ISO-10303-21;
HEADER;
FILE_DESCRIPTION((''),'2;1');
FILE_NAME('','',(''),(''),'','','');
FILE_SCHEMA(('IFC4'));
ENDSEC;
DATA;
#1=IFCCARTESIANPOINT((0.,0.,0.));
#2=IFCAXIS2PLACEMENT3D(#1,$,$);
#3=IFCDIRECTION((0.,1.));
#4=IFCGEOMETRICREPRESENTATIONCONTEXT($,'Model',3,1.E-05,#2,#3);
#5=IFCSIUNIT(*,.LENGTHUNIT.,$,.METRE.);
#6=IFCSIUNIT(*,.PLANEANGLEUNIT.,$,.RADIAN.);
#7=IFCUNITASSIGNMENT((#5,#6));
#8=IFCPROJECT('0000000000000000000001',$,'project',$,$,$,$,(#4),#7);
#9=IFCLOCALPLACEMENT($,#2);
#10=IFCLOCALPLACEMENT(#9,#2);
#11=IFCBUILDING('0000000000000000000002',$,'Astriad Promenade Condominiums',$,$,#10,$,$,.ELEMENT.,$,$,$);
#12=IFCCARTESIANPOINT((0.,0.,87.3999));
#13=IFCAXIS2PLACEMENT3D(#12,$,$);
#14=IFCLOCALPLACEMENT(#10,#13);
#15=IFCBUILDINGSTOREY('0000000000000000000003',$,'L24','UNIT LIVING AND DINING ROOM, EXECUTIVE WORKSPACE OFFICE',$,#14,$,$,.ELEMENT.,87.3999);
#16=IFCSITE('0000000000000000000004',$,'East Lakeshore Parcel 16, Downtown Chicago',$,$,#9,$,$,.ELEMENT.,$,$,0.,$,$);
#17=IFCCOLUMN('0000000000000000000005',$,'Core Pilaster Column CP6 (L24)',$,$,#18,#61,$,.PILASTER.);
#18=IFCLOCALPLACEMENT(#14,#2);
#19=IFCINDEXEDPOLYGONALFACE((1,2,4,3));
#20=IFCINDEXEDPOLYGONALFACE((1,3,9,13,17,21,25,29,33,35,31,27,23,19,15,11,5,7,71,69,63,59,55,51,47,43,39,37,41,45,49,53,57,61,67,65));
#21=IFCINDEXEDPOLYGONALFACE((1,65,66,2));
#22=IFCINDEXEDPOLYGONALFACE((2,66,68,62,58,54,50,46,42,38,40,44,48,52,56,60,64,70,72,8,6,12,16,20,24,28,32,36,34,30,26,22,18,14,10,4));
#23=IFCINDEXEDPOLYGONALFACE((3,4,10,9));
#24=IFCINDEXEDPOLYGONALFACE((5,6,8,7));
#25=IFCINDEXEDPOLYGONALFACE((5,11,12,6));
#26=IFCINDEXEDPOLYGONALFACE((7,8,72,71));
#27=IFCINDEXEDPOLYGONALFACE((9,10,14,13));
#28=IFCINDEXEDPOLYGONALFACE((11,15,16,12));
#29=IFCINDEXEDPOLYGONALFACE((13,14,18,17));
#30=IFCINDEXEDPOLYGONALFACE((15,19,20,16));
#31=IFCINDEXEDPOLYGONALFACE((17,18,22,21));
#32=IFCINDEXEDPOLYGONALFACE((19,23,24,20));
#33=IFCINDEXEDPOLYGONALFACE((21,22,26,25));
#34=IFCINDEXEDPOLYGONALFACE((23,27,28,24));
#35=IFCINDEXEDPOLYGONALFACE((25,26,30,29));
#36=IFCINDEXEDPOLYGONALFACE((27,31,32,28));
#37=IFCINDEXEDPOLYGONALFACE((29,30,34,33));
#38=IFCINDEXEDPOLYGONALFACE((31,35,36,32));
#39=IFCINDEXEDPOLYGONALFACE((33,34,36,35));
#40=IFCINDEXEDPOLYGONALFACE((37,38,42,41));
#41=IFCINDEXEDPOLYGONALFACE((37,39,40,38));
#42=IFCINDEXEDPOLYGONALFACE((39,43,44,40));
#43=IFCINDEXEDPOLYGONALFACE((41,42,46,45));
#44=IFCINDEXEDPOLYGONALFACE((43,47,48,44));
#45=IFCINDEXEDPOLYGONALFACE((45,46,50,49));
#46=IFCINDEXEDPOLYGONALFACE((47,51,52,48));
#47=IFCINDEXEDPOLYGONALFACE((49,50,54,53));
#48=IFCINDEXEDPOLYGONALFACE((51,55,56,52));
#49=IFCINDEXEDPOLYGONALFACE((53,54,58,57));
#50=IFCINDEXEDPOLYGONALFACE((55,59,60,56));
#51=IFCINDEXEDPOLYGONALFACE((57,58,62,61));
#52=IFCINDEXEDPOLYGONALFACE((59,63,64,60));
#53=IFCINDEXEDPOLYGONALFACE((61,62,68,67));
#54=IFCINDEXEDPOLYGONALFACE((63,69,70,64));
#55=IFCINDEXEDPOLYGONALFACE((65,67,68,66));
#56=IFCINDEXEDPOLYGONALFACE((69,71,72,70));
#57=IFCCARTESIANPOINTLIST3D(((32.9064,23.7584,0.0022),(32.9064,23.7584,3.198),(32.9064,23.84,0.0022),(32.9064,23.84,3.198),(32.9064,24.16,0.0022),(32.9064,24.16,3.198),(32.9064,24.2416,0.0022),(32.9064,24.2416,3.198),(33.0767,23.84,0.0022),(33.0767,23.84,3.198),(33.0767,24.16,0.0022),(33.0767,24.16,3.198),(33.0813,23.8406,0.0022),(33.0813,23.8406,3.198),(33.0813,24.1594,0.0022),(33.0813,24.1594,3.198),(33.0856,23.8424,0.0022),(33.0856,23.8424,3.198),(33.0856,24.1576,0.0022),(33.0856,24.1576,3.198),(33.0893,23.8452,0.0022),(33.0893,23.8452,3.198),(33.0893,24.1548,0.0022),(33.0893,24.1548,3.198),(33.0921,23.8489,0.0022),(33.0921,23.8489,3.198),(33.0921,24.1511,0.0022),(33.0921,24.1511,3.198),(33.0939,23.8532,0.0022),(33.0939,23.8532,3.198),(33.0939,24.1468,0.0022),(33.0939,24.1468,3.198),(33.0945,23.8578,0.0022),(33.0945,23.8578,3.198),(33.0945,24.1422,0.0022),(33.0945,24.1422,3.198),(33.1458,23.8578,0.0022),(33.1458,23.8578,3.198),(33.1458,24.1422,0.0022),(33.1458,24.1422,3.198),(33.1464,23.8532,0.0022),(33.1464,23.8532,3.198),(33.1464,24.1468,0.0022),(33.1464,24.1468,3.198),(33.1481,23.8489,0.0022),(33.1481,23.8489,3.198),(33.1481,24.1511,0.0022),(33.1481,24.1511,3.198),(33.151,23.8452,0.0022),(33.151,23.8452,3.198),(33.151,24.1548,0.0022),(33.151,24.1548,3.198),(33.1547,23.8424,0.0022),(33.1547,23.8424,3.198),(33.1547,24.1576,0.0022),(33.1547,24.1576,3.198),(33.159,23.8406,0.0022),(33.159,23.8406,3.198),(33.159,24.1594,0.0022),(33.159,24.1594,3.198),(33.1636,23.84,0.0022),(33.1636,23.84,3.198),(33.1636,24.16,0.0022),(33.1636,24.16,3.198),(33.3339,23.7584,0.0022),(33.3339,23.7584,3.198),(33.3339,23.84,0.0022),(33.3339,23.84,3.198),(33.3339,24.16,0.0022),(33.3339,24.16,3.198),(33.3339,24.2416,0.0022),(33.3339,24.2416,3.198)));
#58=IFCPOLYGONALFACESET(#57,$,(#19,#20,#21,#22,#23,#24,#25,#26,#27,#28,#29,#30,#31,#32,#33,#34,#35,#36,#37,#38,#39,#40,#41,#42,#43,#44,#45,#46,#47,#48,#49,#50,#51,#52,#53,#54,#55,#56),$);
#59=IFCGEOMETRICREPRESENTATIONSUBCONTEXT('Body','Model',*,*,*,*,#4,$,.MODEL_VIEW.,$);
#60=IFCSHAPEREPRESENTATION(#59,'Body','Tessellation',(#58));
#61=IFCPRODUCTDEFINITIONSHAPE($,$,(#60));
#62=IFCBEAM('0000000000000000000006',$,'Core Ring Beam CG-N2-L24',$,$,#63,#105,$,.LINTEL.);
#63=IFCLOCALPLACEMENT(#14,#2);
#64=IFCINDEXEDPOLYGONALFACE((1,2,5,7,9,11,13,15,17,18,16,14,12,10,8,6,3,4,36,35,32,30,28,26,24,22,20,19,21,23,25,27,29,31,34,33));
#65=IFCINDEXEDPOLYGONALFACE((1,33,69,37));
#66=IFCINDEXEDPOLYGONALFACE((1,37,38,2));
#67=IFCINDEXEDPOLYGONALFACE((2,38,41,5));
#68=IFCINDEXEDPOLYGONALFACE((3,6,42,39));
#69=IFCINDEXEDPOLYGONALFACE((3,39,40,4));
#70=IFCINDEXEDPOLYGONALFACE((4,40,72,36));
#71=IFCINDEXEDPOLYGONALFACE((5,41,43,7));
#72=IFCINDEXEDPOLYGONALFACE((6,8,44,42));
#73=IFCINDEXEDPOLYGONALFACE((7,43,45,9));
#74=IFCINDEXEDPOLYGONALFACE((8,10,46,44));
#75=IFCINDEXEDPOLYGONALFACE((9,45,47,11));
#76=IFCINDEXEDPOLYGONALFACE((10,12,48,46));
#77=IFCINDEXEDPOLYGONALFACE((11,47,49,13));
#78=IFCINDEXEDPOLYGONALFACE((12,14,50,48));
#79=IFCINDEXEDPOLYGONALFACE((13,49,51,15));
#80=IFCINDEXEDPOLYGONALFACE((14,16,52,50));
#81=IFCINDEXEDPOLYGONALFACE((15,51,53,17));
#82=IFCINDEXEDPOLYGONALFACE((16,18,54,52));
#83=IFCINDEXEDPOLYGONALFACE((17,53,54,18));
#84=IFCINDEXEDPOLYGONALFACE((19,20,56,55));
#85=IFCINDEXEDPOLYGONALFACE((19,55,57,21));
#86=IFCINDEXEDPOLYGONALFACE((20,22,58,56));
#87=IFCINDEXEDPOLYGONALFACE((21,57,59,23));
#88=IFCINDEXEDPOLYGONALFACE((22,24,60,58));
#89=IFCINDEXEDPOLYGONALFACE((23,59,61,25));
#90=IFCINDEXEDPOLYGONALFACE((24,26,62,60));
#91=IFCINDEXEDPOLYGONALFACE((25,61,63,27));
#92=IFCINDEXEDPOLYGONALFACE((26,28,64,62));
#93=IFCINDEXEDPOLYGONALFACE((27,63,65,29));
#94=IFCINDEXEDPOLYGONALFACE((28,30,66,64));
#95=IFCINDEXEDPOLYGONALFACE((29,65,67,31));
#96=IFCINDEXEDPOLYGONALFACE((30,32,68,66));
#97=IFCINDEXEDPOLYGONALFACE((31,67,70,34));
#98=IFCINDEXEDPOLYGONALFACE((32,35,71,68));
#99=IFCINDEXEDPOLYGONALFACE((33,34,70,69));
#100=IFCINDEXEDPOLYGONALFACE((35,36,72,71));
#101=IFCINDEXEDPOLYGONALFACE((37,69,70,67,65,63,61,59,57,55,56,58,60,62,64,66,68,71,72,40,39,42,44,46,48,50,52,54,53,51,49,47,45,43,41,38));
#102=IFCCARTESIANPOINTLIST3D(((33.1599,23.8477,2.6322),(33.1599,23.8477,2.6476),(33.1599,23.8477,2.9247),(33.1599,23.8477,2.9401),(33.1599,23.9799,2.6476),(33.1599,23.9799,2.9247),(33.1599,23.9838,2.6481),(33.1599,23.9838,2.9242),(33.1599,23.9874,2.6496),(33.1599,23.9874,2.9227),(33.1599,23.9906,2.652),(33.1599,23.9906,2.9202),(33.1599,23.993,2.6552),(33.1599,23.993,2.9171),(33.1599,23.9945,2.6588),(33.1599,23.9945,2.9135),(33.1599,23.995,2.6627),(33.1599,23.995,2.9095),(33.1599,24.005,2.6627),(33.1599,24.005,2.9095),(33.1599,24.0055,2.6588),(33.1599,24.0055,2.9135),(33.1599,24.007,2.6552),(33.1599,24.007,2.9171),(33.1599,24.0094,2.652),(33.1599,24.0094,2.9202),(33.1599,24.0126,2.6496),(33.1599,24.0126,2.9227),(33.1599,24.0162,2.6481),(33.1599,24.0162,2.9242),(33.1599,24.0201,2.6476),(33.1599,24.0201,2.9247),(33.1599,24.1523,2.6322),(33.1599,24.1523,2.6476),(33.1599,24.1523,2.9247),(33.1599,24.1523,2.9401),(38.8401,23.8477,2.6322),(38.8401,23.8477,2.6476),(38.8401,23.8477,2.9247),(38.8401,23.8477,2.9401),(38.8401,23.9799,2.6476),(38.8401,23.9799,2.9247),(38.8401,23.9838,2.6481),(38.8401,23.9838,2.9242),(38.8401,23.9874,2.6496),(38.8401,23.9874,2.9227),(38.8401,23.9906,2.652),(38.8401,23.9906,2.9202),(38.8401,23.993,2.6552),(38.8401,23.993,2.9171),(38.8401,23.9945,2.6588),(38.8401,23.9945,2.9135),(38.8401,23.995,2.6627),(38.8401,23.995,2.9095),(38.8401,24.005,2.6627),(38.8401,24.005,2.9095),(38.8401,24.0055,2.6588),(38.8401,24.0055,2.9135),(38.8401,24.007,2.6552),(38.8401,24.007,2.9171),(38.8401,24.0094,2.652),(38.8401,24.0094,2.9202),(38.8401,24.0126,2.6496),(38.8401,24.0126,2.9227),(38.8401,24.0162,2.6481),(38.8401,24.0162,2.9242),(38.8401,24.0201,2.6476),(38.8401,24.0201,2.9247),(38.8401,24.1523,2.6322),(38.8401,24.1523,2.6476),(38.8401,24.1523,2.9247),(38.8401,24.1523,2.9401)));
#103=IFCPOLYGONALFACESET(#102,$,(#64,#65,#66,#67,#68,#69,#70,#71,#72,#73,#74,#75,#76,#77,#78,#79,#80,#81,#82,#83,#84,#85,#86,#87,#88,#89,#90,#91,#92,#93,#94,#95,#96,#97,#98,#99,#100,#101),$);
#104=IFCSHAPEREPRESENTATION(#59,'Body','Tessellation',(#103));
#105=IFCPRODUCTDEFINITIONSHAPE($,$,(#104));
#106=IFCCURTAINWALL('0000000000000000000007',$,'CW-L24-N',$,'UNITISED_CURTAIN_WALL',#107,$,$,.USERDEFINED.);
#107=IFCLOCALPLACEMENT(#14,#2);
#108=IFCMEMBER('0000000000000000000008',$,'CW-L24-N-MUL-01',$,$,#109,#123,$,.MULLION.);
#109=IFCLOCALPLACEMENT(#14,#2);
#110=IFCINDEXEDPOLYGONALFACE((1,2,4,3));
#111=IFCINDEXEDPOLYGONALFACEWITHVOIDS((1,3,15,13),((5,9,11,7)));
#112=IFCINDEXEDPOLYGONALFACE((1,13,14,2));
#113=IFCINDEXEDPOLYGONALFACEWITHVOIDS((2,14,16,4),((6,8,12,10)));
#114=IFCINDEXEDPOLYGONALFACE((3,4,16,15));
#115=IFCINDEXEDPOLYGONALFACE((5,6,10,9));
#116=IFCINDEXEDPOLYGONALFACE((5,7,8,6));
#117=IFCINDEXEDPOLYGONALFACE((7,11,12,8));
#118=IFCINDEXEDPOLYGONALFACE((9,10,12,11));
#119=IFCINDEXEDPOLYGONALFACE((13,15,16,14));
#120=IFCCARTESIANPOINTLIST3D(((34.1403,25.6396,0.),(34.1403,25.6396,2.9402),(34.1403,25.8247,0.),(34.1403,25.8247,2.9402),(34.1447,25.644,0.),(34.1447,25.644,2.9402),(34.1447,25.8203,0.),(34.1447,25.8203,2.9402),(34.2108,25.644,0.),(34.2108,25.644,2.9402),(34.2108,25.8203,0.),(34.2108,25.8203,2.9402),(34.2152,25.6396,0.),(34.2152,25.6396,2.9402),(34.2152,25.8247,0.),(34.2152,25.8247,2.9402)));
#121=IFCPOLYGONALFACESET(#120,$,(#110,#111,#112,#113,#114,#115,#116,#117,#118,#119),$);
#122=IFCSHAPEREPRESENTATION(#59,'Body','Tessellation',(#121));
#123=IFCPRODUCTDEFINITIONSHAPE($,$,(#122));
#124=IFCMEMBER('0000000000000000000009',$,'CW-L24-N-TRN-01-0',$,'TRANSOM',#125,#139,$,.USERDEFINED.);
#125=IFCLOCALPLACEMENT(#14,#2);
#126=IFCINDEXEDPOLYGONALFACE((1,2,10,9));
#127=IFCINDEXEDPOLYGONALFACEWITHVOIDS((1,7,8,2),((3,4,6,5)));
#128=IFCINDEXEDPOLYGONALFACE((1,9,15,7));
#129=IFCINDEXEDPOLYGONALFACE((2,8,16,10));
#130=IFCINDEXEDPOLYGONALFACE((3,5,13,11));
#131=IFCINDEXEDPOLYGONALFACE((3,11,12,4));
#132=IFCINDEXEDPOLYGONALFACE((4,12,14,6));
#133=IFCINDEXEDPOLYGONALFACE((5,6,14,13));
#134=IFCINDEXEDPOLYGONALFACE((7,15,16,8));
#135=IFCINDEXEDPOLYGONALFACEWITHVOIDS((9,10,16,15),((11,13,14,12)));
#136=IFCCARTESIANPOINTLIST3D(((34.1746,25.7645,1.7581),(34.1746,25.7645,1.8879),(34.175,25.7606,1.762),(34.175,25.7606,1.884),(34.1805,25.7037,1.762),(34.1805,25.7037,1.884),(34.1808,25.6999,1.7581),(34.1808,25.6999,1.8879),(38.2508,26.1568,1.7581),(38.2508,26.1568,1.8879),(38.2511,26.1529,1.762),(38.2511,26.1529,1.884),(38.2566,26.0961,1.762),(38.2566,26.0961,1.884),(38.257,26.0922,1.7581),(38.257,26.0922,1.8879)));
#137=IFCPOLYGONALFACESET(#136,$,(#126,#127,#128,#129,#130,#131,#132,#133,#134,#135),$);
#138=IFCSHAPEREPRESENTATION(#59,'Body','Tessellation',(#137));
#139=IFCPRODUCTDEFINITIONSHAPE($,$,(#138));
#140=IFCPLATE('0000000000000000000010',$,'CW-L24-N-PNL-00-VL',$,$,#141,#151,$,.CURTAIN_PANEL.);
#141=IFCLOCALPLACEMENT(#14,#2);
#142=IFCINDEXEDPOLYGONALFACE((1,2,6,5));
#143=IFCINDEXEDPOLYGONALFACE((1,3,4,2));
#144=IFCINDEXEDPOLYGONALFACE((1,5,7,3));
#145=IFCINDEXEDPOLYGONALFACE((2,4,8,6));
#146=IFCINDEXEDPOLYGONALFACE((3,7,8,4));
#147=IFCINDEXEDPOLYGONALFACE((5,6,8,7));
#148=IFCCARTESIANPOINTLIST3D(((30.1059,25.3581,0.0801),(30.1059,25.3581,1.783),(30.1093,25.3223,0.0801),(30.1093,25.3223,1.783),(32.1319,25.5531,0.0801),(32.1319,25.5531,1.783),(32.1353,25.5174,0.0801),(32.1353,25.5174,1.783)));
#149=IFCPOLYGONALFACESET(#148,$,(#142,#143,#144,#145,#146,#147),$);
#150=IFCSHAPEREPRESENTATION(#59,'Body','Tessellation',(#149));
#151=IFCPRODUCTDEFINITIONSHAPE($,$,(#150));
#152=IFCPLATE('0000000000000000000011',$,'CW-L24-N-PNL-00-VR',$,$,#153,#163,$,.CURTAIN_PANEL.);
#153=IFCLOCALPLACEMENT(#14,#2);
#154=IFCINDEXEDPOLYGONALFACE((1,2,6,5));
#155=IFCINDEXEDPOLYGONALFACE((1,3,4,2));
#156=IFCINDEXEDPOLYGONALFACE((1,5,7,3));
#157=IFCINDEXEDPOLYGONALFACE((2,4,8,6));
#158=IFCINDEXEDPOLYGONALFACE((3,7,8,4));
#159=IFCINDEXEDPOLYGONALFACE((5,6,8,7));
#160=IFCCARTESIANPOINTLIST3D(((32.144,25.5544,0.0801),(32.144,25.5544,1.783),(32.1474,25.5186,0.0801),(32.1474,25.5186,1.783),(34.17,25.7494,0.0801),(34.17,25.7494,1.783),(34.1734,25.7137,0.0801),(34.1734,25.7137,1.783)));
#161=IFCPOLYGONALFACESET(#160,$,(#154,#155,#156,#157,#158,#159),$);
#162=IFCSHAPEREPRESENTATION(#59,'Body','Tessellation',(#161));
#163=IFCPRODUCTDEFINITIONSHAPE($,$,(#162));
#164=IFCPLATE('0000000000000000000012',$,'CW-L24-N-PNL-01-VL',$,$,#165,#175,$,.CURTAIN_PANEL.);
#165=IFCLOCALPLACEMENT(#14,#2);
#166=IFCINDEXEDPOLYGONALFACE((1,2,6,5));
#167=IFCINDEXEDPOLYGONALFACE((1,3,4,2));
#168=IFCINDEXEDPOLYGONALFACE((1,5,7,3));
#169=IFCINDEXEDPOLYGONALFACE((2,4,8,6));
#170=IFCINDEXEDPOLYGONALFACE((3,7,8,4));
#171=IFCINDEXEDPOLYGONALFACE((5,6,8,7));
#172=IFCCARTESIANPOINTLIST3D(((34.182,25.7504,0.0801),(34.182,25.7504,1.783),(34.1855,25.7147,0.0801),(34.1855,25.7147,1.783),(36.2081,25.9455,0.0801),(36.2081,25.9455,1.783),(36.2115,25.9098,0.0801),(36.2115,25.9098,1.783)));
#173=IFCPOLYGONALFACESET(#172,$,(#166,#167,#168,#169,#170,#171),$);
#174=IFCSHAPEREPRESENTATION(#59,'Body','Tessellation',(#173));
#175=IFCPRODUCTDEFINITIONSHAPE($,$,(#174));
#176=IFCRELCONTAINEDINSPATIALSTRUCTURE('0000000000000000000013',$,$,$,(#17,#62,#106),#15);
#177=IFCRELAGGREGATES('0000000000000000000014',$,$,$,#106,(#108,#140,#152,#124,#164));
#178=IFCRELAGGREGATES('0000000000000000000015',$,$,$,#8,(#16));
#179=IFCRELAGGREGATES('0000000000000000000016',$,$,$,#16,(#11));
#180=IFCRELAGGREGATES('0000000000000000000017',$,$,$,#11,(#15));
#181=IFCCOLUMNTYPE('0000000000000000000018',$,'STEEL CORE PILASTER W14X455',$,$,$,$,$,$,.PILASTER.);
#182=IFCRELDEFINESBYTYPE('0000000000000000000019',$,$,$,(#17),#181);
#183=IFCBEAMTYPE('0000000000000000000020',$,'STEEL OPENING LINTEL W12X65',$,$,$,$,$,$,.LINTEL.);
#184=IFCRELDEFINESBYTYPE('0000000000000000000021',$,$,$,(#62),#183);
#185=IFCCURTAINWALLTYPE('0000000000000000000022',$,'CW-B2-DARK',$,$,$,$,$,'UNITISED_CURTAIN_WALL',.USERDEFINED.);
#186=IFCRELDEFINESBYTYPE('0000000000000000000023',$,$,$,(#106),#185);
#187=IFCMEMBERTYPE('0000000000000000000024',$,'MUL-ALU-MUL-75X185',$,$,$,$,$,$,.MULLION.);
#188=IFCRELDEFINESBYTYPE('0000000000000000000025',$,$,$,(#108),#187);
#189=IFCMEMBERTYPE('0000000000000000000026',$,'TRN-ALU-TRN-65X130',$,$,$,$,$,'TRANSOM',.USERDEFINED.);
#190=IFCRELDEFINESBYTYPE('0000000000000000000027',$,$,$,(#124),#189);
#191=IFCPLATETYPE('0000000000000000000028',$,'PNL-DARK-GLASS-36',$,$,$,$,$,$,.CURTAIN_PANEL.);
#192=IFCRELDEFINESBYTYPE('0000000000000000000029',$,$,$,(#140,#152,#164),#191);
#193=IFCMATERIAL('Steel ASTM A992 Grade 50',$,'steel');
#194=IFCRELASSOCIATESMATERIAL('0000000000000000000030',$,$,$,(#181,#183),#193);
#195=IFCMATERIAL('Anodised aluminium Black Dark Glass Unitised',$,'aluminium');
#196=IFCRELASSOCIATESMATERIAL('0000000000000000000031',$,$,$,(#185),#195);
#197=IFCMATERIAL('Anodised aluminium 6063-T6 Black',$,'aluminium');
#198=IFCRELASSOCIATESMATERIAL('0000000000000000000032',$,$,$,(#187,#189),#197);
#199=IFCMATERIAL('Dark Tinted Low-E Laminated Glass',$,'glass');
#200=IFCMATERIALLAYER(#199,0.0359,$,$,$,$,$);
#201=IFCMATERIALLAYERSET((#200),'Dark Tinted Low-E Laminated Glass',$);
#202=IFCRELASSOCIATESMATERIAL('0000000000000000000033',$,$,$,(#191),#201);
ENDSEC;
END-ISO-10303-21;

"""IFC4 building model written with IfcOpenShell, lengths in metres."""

from ifc_helpers import new_model, si_unit, direction, frame, origin, origin_2d, place, context, subcontext, project, spatial, rectangle, hollow_rectangle, i_section, extrude, source, transform, mapped, material, layer, layer_set, material_profile, profile_set, type_object, type_shapes, element, aggregate, save


model = new_model("IFC4")

# Units and contexts
model_context = context("Model", 3, precision=1e-05, world=origin(), true_north=direction((0.0, 1.0)))
body_context = subcontext(model_context, "Body", "Model", "MODEL_VIEW")
ifc_project = project(units=[si_unit("LENGTHUNIT", "METRE"), si_unit("PLANEANGLEUNIT", "RADIAN")], contexts=[model_context])

# Site, building, storey
site_placement = place(None, origin())
site = spatial("IfcSite", under=ifc_project, at=site_placement, Name="East Lakeshore Parcel 16, Downtown Chicago", CompositionType="ELEMENT", RefElevation=0.0)
building_placement = place(site_placement, origin())
building = spatial("IfcBuilding", under=site, at=building_placement, Name="Astriad Promenade Condominiums", CompositionType="ELEMENT")
storey_placement = place(building_placement, frame((0.0, 0.0, 87.3999)))
storey = spatial("IfcBuildingStorey", under=building, at=storey_placement, Name="L24", Description="UNIT LIVING AND DINING ROOM, EXECUTIVE WORKSPACE OFFICE", CompositionType="ELEMENT", Elevation=87.3999)

# Column
ifc_material_1 = material(Name="Steel ASTM A992 Grade 50", Category="steel")
ifc_material_profile_1 = material_profile(ifc_material_1, i_section(OverallWidth=0.4275, OverallDepth=0.4832, WebThickness=0.0513, FlangeThickness=0.0815, FilletRadius=0.0178, at=origin_2d()), Name="W14X455")
ifc_profile_set_1 = profile_set([ifc_material_profile_1], Name="Steel ASTM A992 Grade 50")
column_type = type_object("IfcColumnType", Name="STEEL CORE PILASTER W14X455", PredefinedType="PILASTER", material=ifc_profile_set_1)
shared_shape_1 = source(origin(), body_context, "Body", "SweptSolid", [
    extrude(i_section(OverallWidth=0.4275, OverallDepth=0.4832, WebThickness=0.0513, FlangeThickness=0.0815, FilletRadius=0.0178, at=origin_2d()), origin(), (0.0, 0.0, 1.0), 3.1958),
])
type_shapes(column_type, [shared_shape_1])
column_placement = place(storey_placement, frame((33.1201, 24.0, 0.0022), z_axis=(0.0, 0.0, 1.0), x_axis=(1.0, 0.0, 0.0)))
element("IfcColumn", 1, at=column_placement, inside=storey, type_object=column_type, Name="Core Pilaster Column CP6 (L24)", PredefinedType="PILASTER", context=body_context, shape_type="MappedRepresentation", body=[
    mapped(shared_shape_1, transform((0.0, 0.0, 0.0), scale=1.0)),
])

# Beam
ifc_material_profile_2 = material_profile(ifc_material_1, i_section(OverallWidth=0.3047, OverallDepth=0.3079, WebThickness=0.01, FlangeThickness=0.0154, FilletRadius=0.0151, at=origin_2d()), Name="W12X65")
ifc_profile_set_2 = profile_set([ifc_material_profile_2], Name="Steel ASTM A992 Grade 50")
beam_type = type_object("IfcBeamType", Name="STEEL OPENING LINTEL W12X65", PredefinedType="LINTEL", material=ifc_profile_set_2)
shared_shape_2 = source(origin(), body_context, "Body", "SweptSolid", [
    extrude(i_section(OverallWidth=0.3047, OverallDepth=0.3079, WebThickness=0.01, FlangeThickness=0.0154, FilletRadius=0.0151, at=origin_2d()), origin(), (0.0, 0.0, 1.0), 5.6802),
])
type_shapes(beam_type, [shared_shape_2])
beam_placement = place(storey_placement, frame((33.1599, 24.0, 2.7861), z_axis=(1.0, 0.0, 0.0), x_axis=(0.0, 1.0, 0.0)))
element("IfcBeam", 2, at=beam_placement, inside=storey, type_object=beam_type, Name="Core Ring Beam CG-N2-L24", PredefinedType="LINTEL", context=body_context, shape_type="MappedRepresentation", body=[
    mapped(shared_shape_2, transform((0.0, 0.0, 0.0), scale=1.0)),
])

# Curtain wall, members, plates
ifc_material_2 = material(Name="Anodised aluminium Black Dark Glass Unitised", Category="aluminium")
curtain_wall_type = type_object("IfcCurtainWallType", Name="CW-B2-DARK", ElementType="UNITISED_CURTAIN_WALL", PredefinedType="USERDEFINED", material=ifc_material_2)
curtain_wall_placement = place(storey_placement, origin())
curtain_wall = element("IfcCurtainWall", 3, at=curtain_wall_placement, inside=storey, type_object=curtain_wall_type, Name="CW-L24-N", ObjectType="UNITISED_CURTAIN_WALL", PredefinedType="USERDEFINED")
ifc_material_3 = material(Name="Anodised aluminium 6063-T6 Black", Category="aluminium")
ifc_material_profile_3 = material_profile(ifc_material_3, hollow_rectangle(XDim=0.075, YDim=0.1851, WallThickness=0.0044, at=origin_2d()), Name="ALU-MUL-75X185")
ifc_profile_set_3 = profile_set([ifc_material_profile_3], Name="Anodised aluminium 6063-T6 Black")
member_type_1 = type_object("IfcMemberType", Name="MUL-ALU-MUL-75X185", PredefinedType="MULLION", material=ifc_profile_set_3)
shared_shape_3 = source(origin(), body_context, "Body", "SweptSolid", [
    extrude(hollow_rectangle(XDim=0.075, YDim=0.1851, WallThickness=0.0044, at=origin_2d()), origin(), (0.0, 0.0, 1.0), 2.9402),
])
type_shapes(member_type_1, [shared_shape_3])
member_1_placement = place(storey_placement, frame((34.1777, 25.7322, 0.0), z_axis=(0.0, 0.0, 1.0), x_axis=(1.0, 0.0, 0.0)))
member_1 = element("IfcMember", 4, at=member_1_placement, type_object=member_type_1, Name="CW-L24-N-MUL-01", PredefinedType="MULLION", context=body_context, shape_type="MappedRepresentation", body=[
    mapped(shared_shape_3, transform((0.0, 0.0, 0.0), scale=1.0)),
])
ifc_material_profile_4 = material_profile(ifc_material_3, hollow_rectangle(XDim=0.0649, YDim=0.1299, WallThickness=0.0039, at=origin_2d()), Name="ALU-TRN-65X130")
ifc_profile_set_4 = profile_set([ifc_material_profile_4], Name="Anodised aluminium 6063-T6 Black")
member_type_2 = type_object("IfcMemberType", Name="TRN-ALU-TRN-65X130", ElementType="TRANSOM", PredefinedType="USERDEFINED", material=ifc_profile_set_4)
shared_shape_4 = source(origin(), body_context, "Body", "SweptSolid", [
    extrude(hollow_rectangle(XDim=0.0649, YDim=0.1299, WallThickness=0.0039, at=origin_2d()), origin(), (0.0, 0.0, 1.0), 4.095),
])
type_shapes(member_type_2, [shared_shape_4])
member_2_placement = place(storey_placement, frame((34.1777, 25.7322, 1.823), z_axis=(0.9954, 0.095808, 0.0), x_axis=(-0.095808, 0.9954, 0.0)))
member_2 = element("IfcMember", 5, at=member_2_placement, type_object=member_type_2, Name="CW-L24-N-TRN-01-0", ObjectType="TRANSOM", PredefinedType="USERDEFINED", context=body_context, shape_type="MappedRepresentation", body=[
    mapped(shared_shape_4, transform((0.0, 0.0, 0.0), scale=1.0)),
])
ifc_material_4 = material(Name="Dark Tinted Low-E Laminated Glass", Category="glass")
ifc_layer_1 = layer(ifc_material_4, 0.0359)
ifc_layer_set_1 = layer_set([ifc_layer_1], Name="Dark Tinted Low-E Laminated Glass")
plate_type = type_object("IfcPlateType", Name="PNL-DARK-GLASS-36", PredefinedType="CURTAIN_PANEL", material=ifc_layer_set_1)
shared_shape_5 = source(origin(), body_context, "Body", "SweptSolid", [
    extrude(rectangle(XDim=2.0354, YDim=0.0359, at=origin_2d()), origin(), (0.0, 0.0, 1.0), 1.7029),
])
plate_1_placement = place(storey_placement, frame((31.1206, 25.4377, 0.0801), z_axis=(0.0, 0.0, 1.0), x_axis=(0.995396, 0.095846, 0.0)))
plate_1 = element("IfcPlate", 6, at=plate_1_placement, type_object=plate_type, Name="CW-L24-N-PNL-00-VL", PredefinedType="CURTAIN_PANEL", context=body_context, shape_type="MappedRepresentation", body=[
    mapped(shared_shape_5, transform((0.0, 0.0, 0.0), scale=1.0)),
])
plate_2_placement = place(storey_placement, frame((33.1587, 25.634, 0.0801), z_axis=(0.0, 0.0, 1.0), x_axis=(0.995396, 0.095846, 0.0)))
plate_2 = element("IfcPlate", 7, at=plate_2_placement, type_object=plate_type, Name="CW-L24-N-PNL-00-VR", PredefinedType="CURTAIN_PANEL", context=body_context, shape_type="MappedRepresentation", body=[
    mapped(shared_shape_5, transform((0.0, 0.0, 0.0), scale=1.0)),
])
plate_3_placement = place(storey_placement, frame((35.1968, 25.8301, 0.0801), z_axis=(0.0, 0.0, 1.0), x_axis=(0.995396, 0.095846, 0.0)))
plate_3 = element("IfcPlate", 8, at=plate_3_placement, type_object=plate_type, Name="CW-L24-N-PNL-01-VL", PredefinedType="CURTAIN_PANEL", context=body_context, shape_type="MappedRepresentation", body=[
    mapped(shared_shape_5, transform((0.0, 0.0, 0.0), scale=1.0)),
])
aggregate(curtain_wall, [member_1, plate_1, plate_2, member_2, plate_3])

save(model, "model.ifc")
